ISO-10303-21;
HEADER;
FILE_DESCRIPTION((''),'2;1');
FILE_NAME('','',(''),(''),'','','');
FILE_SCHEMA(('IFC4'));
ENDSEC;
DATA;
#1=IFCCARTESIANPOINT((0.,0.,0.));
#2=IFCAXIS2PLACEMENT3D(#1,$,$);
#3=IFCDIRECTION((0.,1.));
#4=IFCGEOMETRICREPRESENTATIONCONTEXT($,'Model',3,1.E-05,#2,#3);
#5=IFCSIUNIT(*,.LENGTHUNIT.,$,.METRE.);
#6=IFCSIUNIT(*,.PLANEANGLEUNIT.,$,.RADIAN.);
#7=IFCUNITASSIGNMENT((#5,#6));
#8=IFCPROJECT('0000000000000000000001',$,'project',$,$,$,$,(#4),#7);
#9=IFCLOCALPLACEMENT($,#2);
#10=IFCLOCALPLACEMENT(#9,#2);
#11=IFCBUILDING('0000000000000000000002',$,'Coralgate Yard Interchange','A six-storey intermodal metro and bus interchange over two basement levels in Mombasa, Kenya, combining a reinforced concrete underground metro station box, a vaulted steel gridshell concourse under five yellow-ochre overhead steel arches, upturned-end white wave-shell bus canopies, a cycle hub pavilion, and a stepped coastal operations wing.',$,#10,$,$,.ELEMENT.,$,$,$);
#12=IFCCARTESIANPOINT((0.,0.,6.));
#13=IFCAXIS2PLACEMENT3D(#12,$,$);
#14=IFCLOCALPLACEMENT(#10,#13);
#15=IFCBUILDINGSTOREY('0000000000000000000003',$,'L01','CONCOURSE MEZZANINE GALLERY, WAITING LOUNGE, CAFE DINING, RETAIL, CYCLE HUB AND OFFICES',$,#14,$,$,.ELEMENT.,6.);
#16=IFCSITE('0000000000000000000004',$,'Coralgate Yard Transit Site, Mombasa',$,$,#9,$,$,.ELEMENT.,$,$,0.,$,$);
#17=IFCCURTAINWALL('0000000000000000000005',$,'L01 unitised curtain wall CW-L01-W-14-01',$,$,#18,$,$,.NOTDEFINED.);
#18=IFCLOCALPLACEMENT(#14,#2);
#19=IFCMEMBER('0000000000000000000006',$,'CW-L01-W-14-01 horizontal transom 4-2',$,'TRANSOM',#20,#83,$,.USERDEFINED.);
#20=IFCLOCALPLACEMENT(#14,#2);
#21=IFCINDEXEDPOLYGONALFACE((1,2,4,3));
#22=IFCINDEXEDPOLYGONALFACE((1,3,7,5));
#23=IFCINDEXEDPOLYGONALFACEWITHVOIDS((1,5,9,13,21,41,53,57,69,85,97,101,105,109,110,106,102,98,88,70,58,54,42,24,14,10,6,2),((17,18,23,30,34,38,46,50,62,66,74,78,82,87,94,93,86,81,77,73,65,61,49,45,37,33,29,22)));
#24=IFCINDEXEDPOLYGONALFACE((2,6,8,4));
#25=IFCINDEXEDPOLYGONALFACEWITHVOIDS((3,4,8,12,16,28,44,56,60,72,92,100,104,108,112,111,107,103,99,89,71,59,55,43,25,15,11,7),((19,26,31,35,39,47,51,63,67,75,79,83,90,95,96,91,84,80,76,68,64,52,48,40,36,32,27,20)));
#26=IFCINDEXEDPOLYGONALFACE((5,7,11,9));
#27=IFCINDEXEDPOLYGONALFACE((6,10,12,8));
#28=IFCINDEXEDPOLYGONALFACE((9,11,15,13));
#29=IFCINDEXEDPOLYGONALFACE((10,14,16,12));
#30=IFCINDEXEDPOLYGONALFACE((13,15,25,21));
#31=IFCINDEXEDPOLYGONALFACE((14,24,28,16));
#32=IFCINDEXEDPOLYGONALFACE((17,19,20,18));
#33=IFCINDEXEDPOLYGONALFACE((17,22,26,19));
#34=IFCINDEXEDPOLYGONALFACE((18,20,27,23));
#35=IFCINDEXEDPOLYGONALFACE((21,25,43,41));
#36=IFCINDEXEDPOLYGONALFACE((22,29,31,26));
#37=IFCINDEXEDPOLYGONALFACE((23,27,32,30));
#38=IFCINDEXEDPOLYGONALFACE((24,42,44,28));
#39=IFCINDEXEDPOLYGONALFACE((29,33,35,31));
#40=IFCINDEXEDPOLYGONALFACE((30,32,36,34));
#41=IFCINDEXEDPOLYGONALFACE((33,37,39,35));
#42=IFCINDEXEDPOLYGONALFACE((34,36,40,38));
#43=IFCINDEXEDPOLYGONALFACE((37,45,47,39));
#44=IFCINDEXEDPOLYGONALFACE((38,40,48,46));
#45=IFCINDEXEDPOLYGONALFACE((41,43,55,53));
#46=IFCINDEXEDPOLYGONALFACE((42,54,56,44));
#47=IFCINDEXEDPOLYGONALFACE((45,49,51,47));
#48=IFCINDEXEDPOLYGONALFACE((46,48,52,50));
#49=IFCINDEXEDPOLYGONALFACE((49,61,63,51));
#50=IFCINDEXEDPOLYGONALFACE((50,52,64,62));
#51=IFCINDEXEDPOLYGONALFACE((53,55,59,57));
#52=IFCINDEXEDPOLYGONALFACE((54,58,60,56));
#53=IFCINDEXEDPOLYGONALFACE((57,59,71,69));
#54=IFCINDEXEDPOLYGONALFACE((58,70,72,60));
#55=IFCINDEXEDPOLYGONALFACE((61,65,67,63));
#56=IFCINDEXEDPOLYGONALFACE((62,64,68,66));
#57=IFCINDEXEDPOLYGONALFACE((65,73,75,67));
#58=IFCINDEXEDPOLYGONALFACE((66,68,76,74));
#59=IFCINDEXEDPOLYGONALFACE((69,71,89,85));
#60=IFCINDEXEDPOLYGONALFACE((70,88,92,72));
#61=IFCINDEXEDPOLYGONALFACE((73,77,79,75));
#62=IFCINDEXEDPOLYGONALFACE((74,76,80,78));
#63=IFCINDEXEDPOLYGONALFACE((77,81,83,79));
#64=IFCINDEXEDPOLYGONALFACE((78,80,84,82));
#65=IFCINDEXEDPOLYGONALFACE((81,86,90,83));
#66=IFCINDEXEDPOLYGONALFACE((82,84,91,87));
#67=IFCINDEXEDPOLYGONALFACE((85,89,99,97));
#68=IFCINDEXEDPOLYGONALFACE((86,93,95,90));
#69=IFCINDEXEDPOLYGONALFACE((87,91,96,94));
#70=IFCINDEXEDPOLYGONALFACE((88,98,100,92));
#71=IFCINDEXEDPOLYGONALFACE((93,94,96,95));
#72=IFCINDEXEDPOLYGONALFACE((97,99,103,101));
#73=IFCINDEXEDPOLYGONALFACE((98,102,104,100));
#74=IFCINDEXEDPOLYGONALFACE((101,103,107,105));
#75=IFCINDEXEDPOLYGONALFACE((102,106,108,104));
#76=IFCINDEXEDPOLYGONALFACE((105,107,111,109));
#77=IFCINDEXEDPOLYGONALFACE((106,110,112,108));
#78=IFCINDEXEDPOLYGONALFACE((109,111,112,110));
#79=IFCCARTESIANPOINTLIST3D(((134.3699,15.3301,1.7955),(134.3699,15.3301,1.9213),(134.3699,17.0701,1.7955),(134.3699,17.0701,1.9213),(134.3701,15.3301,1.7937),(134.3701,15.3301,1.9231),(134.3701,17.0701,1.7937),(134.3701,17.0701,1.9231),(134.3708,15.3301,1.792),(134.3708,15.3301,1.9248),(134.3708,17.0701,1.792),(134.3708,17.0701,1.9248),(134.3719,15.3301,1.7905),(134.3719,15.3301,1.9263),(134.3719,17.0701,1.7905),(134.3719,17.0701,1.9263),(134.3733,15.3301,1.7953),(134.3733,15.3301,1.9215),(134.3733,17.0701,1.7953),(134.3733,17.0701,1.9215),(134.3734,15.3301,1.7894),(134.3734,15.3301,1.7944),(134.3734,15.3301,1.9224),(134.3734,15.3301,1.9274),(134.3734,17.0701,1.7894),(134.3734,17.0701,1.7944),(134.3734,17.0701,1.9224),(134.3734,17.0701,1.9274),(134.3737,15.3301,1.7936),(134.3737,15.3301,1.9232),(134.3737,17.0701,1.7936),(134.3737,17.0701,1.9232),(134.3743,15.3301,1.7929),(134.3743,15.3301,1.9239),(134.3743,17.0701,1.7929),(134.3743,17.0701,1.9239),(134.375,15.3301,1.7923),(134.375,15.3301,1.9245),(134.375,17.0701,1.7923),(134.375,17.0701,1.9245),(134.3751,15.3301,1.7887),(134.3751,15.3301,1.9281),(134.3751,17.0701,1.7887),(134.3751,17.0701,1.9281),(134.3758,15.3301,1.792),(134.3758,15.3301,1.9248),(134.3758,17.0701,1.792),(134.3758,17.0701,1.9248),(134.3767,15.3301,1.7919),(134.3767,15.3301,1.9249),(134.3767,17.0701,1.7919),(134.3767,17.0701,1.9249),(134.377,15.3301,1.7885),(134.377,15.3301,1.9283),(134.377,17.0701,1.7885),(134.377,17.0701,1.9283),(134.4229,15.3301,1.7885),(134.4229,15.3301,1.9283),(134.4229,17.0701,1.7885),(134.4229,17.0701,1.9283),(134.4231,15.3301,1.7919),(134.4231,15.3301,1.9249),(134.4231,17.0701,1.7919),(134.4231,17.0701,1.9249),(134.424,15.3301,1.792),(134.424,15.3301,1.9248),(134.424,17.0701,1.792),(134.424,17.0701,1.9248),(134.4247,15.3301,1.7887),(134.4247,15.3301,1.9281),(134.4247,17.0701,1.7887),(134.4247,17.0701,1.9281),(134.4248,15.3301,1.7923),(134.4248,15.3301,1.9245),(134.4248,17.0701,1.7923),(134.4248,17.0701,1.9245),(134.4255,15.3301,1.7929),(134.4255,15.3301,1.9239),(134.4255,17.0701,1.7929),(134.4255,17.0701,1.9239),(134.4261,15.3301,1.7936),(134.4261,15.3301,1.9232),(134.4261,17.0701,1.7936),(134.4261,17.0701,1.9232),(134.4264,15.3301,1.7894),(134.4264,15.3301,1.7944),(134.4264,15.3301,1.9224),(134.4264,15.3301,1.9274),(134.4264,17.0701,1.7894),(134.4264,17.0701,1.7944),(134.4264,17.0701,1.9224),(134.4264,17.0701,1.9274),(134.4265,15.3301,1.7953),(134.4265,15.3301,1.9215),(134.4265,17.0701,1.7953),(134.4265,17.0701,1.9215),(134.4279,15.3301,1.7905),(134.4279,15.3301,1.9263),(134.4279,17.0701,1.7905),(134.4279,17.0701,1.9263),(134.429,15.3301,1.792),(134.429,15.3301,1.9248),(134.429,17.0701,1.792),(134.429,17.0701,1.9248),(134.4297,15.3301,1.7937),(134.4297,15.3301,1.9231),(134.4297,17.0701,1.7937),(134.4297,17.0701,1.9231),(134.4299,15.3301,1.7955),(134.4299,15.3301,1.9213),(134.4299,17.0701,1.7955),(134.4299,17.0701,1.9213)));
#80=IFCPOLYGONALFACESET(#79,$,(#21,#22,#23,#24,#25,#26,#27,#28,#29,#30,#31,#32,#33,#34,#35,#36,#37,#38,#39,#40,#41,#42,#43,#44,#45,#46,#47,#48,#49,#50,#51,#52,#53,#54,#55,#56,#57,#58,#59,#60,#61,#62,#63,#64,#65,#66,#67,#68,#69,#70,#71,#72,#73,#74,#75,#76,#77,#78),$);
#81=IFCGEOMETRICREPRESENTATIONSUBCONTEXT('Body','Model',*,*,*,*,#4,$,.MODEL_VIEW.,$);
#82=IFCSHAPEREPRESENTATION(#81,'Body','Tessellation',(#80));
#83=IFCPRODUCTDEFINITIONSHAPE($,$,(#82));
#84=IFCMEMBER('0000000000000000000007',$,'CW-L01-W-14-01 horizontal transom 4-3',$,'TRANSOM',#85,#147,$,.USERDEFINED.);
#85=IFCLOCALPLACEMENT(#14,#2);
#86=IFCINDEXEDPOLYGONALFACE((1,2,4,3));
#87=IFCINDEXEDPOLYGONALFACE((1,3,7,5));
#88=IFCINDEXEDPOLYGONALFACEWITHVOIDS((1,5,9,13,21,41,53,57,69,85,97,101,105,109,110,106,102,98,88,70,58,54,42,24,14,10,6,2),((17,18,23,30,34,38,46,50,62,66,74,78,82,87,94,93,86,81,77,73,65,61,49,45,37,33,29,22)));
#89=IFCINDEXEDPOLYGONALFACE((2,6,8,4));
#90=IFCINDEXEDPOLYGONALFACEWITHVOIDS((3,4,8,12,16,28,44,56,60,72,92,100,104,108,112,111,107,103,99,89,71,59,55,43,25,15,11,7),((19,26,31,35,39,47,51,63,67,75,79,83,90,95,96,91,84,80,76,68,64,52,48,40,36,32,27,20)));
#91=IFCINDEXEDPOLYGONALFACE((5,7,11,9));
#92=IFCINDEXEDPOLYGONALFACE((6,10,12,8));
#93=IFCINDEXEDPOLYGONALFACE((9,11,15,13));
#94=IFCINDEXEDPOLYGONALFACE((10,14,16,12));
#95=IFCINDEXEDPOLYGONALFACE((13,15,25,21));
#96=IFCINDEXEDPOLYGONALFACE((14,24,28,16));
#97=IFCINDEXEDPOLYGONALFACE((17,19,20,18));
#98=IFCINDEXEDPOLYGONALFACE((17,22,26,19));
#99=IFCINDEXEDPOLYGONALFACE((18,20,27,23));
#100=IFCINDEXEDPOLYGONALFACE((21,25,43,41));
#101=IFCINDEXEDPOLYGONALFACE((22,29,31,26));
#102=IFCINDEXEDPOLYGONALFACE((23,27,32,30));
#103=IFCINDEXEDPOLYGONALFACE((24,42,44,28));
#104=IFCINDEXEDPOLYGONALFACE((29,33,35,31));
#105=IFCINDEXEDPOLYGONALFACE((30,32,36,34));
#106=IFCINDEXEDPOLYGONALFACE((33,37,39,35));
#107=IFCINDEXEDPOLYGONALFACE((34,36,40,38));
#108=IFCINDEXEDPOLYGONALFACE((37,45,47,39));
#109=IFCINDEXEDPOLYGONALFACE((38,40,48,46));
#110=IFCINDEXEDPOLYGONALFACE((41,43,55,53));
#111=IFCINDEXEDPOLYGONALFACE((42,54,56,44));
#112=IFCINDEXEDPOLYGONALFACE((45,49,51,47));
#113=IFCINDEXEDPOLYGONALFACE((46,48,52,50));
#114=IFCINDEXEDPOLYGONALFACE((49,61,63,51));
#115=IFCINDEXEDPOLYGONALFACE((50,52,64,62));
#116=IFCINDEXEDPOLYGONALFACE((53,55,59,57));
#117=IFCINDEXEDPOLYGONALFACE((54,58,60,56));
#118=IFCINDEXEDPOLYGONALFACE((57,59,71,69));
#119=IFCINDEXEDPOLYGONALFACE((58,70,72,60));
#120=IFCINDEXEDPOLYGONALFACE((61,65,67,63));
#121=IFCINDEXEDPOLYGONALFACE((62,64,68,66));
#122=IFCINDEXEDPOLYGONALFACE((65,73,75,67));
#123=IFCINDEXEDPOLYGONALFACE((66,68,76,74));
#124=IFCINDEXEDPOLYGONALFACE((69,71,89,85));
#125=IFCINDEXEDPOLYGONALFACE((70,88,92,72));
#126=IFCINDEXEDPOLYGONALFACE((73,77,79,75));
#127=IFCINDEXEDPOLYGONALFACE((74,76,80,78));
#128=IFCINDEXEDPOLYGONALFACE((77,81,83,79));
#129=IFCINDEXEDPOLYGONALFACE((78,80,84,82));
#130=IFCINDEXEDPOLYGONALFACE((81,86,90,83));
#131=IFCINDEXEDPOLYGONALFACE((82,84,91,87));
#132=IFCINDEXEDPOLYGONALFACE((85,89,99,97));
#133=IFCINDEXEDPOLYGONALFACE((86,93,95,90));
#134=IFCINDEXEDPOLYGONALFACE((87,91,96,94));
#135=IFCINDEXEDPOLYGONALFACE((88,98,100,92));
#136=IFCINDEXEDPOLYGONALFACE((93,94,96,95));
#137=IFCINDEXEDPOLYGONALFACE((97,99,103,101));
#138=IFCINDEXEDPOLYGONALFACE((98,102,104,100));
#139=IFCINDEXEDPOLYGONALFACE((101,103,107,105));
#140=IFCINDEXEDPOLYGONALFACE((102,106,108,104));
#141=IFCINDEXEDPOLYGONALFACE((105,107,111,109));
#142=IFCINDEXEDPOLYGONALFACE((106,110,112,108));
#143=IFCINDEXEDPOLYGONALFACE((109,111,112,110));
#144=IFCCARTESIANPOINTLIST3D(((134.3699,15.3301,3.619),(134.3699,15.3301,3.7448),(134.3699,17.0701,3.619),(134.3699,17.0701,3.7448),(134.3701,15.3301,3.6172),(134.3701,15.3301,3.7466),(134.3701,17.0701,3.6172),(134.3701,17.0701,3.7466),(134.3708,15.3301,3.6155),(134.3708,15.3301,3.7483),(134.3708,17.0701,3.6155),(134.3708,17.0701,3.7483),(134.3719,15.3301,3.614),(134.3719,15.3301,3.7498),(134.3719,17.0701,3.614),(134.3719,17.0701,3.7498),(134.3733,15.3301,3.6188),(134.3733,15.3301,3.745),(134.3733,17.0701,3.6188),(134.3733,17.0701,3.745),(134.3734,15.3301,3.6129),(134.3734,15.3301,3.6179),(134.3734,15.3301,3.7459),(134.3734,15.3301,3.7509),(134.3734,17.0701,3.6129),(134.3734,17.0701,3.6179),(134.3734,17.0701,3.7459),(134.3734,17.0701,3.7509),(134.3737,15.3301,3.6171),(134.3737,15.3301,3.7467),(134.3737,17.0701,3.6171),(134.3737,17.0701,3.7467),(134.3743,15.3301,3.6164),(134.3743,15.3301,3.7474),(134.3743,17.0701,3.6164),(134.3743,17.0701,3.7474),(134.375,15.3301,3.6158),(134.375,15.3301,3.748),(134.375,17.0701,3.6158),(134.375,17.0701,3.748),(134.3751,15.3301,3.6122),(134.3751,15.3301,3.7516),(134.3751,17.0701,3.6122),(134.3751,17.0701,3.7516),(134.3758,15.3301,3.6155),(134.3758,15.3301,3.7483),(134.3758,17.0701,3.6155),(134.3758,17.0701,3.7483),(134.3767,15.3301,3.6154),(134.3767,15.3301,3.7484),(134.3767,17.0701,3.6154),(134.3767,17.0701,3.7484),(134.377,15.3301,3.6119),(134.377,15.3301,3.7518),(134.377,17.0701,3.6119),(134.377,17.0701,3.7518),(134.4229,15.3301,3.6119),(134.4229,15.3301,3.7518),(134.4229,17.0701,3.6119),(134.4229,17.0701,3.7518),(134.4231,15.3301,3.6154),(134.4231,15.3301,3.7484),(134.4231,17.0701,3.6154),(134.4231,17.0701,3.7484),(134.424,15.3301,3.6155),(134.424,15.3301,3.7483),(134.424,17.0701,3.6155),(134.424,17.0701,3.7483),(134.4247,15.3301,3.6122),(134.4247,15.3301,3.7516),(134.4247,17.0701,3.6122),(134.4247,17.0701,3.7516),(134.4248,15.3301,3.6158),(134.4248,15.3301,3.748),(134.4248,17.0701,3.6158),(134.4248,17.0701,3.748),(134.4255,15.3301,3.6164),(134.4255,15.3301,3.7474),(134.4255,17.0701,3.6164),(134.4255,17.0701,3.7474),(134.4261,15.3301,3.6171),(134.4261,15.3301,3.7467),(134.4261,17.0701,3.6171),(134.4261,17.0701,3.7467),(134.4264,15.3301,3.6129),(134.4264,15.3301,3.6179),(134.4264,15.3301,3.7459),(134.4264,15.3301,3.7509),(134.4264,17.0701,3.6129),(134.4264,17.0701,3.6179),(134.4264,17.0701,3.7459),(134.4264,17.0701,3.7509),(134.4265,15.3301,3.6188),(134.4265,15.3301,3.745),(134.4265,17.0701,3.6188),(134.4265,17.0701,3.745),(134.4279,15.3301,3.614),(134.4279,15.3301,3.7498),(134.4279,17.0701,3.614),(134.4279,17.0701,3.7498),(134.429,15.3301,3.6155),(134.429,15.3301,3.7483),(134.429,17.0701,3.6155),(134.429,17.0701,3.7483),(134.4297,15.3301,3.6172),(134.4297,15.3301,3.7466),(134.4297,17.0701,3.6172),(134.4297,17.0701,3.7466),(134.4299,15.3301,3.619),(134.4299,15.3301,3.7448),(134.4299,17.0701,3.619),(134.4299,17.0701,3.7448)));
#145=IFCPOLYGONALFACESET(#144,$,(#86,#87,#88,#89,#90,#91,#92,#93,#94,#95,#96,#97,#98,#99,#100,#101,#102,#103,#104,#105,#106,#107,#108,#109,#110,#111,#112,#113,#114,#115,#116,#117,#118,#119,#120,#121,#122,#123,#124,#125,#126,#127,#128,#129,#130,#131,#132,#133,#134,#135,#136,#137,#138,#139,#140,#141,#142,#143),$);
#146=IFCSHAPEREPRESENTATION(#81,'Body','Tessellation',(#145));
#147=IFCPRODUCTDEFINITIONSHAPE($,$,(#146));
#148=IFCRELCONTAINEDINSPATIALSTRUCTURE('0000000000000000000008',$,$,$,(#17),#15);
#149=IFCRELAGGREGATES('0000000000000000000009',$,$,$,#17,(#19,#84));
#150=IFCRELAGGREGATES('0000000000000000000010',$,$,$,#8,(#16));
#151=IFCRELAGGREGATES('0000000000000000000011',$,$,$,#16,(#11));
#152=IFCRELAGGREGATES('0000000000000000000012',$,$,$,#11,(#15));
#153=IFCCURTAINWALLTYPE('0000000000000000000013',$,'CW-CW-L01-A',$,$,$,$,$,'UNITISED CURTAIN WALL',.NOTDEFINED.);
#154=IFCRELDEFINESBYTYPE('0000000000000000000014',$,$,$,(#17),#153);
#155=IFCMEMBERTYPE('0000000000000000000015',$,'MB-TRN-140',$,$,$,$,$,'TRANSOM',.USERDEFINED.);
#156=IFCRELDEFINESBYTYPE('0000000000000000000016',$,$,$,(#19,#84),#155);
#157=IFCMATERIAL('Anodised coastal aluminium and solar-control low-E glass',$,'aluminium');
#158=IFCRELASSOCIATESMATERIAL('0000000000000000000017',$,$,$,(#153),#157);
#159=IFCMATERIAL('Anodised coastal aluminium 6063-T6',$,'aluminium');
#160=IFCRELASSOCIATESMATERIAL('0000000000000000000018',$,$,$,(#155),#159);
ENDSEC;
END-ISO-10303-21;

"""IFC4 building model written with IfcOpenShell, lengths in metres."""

from ifc_helpers import new_model, si_unit, direction, frame, origin, origin_2d, place, context, subcontext, project, spatial, hollow_rectangle, extrude, material, material_profile, profile_set, type_object, element, aggregate, save


model = new_model("IFC4")

# Units and contexts
model_context = context("Model", 3, precision=1e-05, world=origin(), true_north=direction((0.0, 1.0)))
body_context = subcontext(model_context, "Body", "Model", "MODEL_VIEW")
ifc_project = project(units=[si_unit("LENGTHUNIT", "METRE"), si_unit("PLANEANGLEUNIT", "RADIAN")], contexts=[model_context])

# Site, building, storey
site_placement = place(None, origin())
site = spatial("IfcSite", under=ifc_project, at=site_placement, Name="Coralgate Yard Transit Site, Mombasa", CompositionType="ELEMENT", RefElevation=0.0)
building_placement = place(site_placement, origin())
building = spatial("IfcBuilding", under=site, at=building_placement, Name="Coralgate Yard Interchange", Description="A six-storey intermodal metro and bus interchange over two basement levels in Mombasa, Kenya, combining a reinforced concrete underground metro station box, a vaulted steel gridshell concourse under five yellow-ochre overhead steel arches, upturned-end white wave-shell bus canopies, a cycle hub pavilion, and a stepped coastal operations wing.", CompositionType="ELEMENT")
storey_placement = place(building_placement, frame((0.0, 0.0, 6.0)))
storey = spatial("IfcBuildingStorey", under=building, at=storey_placement, Name="L01", Description="CONCOURSE MEZZANINE GALLERY, WAITING LOUNGE, CAFE DINING, RETAIL, CYCLE HUB AND OFFICES", CompositionType="ELEMENT", Elevation=6.0)

# Curtain wall
ifc_material_1 = material(Name="Anodised coastal aluminium and solar-control low-E glass", Category="aluminium")
curtain_wall_type_1 = type_object("IfcCurtainWallType", Name="CW-CW-L01-A", ElementType="UNITISED CURTAIN WALL", PredefinedType="NOTDEFINED", material=ifc_material_1)
curtain_wall_1_placement = place(storey_placement, origin())
curtain_wall_1 = element("IfcCurtainWall", 1, at=curtain_wall_1_placement, inside=storey, type_object=curtain_wall_type_1, Name="L01 unitised curtain wall CW-L01-W-14-01", PredefinedType="NOTDEFINED")
ifc_material_2 = material(Name="Anodised coastal aluminium 6063-T6", Category="aluminium")

# Members
ifc_material_profile_1 = material_profile(ifc_material_2, hollow_rectangle(XDim=0.0601, YDim=0.1399, WallThickness=0.0034, InnerFilletRadius=0.0034, OuterFilletRadius=0.0071, at=origin_2d()), Name="ALU 60x140x3.5")
ifc_profile_set_1 = profile_set([ifc_material_profile_1], Name="Anodised coastal aluminium 6063-T6")
member_type_1 = type_object("IfcMemberType", Name="MB-TRN-140", ElementType="TRANSOM", PredefinedType="USERDEFINED", material=ifc_profile_set_1)
member_1_placement = place(storey_placement, frame((134.3999, 15.3301, 1.8584), z_axis=(0.0, 1.0, 0.0), x_axis=(-1.0, 0.0, 0.0)))
member_1 = element("IfcMember", 2, at=member_1_placement, type_object=member_type_1, Name="CW-L01-W-14-01 horizontal transom 4-2", ObjectType="TRANSOM", PredefinedType="USERDEFINED", context=body_context, shape_type="SweptSolid", body=[
    extrude(hollow_rectangle(XDim=0.0601, YDim=0.1399, WallThickness=0.0034, InnerFilletRadius=0.0034, OuterFilletRadius=0.0071, at=origin_2d()), origin(), (0.0, 0.0, 1.0), 1.74),
])
member_2_placement = place(storey_placement, frame((134.3999, 15.3301, 3.6819), z_axis=(0.0, 1.0, 0.0), x_axis=(-1.0, 0.0, 0.0)))
member_2 = element("IfcMember", 3, at=member_2_placement, type_object=member_type_1, Name="CW-L01-W-14-01 horizontal transom 4-3", ObjectType="TRANSOM", PredefinedType="USERDEFINED", context=body_context, shape_type="SweptSolid", body=[
    extrude(hollow_rectangle(XDim=0.0601, YDim=0.1399, WallThickness=0.0034, InnerFilletRadius=0.0034, OuterFilletRadius=0.0071, at=origin_2d()), origin(), (0.0, 0.0, 1.0), 1.74),
])

aggregate(curtain_wall_1, [member_1, member_2])

save(model, "model.ifc")
